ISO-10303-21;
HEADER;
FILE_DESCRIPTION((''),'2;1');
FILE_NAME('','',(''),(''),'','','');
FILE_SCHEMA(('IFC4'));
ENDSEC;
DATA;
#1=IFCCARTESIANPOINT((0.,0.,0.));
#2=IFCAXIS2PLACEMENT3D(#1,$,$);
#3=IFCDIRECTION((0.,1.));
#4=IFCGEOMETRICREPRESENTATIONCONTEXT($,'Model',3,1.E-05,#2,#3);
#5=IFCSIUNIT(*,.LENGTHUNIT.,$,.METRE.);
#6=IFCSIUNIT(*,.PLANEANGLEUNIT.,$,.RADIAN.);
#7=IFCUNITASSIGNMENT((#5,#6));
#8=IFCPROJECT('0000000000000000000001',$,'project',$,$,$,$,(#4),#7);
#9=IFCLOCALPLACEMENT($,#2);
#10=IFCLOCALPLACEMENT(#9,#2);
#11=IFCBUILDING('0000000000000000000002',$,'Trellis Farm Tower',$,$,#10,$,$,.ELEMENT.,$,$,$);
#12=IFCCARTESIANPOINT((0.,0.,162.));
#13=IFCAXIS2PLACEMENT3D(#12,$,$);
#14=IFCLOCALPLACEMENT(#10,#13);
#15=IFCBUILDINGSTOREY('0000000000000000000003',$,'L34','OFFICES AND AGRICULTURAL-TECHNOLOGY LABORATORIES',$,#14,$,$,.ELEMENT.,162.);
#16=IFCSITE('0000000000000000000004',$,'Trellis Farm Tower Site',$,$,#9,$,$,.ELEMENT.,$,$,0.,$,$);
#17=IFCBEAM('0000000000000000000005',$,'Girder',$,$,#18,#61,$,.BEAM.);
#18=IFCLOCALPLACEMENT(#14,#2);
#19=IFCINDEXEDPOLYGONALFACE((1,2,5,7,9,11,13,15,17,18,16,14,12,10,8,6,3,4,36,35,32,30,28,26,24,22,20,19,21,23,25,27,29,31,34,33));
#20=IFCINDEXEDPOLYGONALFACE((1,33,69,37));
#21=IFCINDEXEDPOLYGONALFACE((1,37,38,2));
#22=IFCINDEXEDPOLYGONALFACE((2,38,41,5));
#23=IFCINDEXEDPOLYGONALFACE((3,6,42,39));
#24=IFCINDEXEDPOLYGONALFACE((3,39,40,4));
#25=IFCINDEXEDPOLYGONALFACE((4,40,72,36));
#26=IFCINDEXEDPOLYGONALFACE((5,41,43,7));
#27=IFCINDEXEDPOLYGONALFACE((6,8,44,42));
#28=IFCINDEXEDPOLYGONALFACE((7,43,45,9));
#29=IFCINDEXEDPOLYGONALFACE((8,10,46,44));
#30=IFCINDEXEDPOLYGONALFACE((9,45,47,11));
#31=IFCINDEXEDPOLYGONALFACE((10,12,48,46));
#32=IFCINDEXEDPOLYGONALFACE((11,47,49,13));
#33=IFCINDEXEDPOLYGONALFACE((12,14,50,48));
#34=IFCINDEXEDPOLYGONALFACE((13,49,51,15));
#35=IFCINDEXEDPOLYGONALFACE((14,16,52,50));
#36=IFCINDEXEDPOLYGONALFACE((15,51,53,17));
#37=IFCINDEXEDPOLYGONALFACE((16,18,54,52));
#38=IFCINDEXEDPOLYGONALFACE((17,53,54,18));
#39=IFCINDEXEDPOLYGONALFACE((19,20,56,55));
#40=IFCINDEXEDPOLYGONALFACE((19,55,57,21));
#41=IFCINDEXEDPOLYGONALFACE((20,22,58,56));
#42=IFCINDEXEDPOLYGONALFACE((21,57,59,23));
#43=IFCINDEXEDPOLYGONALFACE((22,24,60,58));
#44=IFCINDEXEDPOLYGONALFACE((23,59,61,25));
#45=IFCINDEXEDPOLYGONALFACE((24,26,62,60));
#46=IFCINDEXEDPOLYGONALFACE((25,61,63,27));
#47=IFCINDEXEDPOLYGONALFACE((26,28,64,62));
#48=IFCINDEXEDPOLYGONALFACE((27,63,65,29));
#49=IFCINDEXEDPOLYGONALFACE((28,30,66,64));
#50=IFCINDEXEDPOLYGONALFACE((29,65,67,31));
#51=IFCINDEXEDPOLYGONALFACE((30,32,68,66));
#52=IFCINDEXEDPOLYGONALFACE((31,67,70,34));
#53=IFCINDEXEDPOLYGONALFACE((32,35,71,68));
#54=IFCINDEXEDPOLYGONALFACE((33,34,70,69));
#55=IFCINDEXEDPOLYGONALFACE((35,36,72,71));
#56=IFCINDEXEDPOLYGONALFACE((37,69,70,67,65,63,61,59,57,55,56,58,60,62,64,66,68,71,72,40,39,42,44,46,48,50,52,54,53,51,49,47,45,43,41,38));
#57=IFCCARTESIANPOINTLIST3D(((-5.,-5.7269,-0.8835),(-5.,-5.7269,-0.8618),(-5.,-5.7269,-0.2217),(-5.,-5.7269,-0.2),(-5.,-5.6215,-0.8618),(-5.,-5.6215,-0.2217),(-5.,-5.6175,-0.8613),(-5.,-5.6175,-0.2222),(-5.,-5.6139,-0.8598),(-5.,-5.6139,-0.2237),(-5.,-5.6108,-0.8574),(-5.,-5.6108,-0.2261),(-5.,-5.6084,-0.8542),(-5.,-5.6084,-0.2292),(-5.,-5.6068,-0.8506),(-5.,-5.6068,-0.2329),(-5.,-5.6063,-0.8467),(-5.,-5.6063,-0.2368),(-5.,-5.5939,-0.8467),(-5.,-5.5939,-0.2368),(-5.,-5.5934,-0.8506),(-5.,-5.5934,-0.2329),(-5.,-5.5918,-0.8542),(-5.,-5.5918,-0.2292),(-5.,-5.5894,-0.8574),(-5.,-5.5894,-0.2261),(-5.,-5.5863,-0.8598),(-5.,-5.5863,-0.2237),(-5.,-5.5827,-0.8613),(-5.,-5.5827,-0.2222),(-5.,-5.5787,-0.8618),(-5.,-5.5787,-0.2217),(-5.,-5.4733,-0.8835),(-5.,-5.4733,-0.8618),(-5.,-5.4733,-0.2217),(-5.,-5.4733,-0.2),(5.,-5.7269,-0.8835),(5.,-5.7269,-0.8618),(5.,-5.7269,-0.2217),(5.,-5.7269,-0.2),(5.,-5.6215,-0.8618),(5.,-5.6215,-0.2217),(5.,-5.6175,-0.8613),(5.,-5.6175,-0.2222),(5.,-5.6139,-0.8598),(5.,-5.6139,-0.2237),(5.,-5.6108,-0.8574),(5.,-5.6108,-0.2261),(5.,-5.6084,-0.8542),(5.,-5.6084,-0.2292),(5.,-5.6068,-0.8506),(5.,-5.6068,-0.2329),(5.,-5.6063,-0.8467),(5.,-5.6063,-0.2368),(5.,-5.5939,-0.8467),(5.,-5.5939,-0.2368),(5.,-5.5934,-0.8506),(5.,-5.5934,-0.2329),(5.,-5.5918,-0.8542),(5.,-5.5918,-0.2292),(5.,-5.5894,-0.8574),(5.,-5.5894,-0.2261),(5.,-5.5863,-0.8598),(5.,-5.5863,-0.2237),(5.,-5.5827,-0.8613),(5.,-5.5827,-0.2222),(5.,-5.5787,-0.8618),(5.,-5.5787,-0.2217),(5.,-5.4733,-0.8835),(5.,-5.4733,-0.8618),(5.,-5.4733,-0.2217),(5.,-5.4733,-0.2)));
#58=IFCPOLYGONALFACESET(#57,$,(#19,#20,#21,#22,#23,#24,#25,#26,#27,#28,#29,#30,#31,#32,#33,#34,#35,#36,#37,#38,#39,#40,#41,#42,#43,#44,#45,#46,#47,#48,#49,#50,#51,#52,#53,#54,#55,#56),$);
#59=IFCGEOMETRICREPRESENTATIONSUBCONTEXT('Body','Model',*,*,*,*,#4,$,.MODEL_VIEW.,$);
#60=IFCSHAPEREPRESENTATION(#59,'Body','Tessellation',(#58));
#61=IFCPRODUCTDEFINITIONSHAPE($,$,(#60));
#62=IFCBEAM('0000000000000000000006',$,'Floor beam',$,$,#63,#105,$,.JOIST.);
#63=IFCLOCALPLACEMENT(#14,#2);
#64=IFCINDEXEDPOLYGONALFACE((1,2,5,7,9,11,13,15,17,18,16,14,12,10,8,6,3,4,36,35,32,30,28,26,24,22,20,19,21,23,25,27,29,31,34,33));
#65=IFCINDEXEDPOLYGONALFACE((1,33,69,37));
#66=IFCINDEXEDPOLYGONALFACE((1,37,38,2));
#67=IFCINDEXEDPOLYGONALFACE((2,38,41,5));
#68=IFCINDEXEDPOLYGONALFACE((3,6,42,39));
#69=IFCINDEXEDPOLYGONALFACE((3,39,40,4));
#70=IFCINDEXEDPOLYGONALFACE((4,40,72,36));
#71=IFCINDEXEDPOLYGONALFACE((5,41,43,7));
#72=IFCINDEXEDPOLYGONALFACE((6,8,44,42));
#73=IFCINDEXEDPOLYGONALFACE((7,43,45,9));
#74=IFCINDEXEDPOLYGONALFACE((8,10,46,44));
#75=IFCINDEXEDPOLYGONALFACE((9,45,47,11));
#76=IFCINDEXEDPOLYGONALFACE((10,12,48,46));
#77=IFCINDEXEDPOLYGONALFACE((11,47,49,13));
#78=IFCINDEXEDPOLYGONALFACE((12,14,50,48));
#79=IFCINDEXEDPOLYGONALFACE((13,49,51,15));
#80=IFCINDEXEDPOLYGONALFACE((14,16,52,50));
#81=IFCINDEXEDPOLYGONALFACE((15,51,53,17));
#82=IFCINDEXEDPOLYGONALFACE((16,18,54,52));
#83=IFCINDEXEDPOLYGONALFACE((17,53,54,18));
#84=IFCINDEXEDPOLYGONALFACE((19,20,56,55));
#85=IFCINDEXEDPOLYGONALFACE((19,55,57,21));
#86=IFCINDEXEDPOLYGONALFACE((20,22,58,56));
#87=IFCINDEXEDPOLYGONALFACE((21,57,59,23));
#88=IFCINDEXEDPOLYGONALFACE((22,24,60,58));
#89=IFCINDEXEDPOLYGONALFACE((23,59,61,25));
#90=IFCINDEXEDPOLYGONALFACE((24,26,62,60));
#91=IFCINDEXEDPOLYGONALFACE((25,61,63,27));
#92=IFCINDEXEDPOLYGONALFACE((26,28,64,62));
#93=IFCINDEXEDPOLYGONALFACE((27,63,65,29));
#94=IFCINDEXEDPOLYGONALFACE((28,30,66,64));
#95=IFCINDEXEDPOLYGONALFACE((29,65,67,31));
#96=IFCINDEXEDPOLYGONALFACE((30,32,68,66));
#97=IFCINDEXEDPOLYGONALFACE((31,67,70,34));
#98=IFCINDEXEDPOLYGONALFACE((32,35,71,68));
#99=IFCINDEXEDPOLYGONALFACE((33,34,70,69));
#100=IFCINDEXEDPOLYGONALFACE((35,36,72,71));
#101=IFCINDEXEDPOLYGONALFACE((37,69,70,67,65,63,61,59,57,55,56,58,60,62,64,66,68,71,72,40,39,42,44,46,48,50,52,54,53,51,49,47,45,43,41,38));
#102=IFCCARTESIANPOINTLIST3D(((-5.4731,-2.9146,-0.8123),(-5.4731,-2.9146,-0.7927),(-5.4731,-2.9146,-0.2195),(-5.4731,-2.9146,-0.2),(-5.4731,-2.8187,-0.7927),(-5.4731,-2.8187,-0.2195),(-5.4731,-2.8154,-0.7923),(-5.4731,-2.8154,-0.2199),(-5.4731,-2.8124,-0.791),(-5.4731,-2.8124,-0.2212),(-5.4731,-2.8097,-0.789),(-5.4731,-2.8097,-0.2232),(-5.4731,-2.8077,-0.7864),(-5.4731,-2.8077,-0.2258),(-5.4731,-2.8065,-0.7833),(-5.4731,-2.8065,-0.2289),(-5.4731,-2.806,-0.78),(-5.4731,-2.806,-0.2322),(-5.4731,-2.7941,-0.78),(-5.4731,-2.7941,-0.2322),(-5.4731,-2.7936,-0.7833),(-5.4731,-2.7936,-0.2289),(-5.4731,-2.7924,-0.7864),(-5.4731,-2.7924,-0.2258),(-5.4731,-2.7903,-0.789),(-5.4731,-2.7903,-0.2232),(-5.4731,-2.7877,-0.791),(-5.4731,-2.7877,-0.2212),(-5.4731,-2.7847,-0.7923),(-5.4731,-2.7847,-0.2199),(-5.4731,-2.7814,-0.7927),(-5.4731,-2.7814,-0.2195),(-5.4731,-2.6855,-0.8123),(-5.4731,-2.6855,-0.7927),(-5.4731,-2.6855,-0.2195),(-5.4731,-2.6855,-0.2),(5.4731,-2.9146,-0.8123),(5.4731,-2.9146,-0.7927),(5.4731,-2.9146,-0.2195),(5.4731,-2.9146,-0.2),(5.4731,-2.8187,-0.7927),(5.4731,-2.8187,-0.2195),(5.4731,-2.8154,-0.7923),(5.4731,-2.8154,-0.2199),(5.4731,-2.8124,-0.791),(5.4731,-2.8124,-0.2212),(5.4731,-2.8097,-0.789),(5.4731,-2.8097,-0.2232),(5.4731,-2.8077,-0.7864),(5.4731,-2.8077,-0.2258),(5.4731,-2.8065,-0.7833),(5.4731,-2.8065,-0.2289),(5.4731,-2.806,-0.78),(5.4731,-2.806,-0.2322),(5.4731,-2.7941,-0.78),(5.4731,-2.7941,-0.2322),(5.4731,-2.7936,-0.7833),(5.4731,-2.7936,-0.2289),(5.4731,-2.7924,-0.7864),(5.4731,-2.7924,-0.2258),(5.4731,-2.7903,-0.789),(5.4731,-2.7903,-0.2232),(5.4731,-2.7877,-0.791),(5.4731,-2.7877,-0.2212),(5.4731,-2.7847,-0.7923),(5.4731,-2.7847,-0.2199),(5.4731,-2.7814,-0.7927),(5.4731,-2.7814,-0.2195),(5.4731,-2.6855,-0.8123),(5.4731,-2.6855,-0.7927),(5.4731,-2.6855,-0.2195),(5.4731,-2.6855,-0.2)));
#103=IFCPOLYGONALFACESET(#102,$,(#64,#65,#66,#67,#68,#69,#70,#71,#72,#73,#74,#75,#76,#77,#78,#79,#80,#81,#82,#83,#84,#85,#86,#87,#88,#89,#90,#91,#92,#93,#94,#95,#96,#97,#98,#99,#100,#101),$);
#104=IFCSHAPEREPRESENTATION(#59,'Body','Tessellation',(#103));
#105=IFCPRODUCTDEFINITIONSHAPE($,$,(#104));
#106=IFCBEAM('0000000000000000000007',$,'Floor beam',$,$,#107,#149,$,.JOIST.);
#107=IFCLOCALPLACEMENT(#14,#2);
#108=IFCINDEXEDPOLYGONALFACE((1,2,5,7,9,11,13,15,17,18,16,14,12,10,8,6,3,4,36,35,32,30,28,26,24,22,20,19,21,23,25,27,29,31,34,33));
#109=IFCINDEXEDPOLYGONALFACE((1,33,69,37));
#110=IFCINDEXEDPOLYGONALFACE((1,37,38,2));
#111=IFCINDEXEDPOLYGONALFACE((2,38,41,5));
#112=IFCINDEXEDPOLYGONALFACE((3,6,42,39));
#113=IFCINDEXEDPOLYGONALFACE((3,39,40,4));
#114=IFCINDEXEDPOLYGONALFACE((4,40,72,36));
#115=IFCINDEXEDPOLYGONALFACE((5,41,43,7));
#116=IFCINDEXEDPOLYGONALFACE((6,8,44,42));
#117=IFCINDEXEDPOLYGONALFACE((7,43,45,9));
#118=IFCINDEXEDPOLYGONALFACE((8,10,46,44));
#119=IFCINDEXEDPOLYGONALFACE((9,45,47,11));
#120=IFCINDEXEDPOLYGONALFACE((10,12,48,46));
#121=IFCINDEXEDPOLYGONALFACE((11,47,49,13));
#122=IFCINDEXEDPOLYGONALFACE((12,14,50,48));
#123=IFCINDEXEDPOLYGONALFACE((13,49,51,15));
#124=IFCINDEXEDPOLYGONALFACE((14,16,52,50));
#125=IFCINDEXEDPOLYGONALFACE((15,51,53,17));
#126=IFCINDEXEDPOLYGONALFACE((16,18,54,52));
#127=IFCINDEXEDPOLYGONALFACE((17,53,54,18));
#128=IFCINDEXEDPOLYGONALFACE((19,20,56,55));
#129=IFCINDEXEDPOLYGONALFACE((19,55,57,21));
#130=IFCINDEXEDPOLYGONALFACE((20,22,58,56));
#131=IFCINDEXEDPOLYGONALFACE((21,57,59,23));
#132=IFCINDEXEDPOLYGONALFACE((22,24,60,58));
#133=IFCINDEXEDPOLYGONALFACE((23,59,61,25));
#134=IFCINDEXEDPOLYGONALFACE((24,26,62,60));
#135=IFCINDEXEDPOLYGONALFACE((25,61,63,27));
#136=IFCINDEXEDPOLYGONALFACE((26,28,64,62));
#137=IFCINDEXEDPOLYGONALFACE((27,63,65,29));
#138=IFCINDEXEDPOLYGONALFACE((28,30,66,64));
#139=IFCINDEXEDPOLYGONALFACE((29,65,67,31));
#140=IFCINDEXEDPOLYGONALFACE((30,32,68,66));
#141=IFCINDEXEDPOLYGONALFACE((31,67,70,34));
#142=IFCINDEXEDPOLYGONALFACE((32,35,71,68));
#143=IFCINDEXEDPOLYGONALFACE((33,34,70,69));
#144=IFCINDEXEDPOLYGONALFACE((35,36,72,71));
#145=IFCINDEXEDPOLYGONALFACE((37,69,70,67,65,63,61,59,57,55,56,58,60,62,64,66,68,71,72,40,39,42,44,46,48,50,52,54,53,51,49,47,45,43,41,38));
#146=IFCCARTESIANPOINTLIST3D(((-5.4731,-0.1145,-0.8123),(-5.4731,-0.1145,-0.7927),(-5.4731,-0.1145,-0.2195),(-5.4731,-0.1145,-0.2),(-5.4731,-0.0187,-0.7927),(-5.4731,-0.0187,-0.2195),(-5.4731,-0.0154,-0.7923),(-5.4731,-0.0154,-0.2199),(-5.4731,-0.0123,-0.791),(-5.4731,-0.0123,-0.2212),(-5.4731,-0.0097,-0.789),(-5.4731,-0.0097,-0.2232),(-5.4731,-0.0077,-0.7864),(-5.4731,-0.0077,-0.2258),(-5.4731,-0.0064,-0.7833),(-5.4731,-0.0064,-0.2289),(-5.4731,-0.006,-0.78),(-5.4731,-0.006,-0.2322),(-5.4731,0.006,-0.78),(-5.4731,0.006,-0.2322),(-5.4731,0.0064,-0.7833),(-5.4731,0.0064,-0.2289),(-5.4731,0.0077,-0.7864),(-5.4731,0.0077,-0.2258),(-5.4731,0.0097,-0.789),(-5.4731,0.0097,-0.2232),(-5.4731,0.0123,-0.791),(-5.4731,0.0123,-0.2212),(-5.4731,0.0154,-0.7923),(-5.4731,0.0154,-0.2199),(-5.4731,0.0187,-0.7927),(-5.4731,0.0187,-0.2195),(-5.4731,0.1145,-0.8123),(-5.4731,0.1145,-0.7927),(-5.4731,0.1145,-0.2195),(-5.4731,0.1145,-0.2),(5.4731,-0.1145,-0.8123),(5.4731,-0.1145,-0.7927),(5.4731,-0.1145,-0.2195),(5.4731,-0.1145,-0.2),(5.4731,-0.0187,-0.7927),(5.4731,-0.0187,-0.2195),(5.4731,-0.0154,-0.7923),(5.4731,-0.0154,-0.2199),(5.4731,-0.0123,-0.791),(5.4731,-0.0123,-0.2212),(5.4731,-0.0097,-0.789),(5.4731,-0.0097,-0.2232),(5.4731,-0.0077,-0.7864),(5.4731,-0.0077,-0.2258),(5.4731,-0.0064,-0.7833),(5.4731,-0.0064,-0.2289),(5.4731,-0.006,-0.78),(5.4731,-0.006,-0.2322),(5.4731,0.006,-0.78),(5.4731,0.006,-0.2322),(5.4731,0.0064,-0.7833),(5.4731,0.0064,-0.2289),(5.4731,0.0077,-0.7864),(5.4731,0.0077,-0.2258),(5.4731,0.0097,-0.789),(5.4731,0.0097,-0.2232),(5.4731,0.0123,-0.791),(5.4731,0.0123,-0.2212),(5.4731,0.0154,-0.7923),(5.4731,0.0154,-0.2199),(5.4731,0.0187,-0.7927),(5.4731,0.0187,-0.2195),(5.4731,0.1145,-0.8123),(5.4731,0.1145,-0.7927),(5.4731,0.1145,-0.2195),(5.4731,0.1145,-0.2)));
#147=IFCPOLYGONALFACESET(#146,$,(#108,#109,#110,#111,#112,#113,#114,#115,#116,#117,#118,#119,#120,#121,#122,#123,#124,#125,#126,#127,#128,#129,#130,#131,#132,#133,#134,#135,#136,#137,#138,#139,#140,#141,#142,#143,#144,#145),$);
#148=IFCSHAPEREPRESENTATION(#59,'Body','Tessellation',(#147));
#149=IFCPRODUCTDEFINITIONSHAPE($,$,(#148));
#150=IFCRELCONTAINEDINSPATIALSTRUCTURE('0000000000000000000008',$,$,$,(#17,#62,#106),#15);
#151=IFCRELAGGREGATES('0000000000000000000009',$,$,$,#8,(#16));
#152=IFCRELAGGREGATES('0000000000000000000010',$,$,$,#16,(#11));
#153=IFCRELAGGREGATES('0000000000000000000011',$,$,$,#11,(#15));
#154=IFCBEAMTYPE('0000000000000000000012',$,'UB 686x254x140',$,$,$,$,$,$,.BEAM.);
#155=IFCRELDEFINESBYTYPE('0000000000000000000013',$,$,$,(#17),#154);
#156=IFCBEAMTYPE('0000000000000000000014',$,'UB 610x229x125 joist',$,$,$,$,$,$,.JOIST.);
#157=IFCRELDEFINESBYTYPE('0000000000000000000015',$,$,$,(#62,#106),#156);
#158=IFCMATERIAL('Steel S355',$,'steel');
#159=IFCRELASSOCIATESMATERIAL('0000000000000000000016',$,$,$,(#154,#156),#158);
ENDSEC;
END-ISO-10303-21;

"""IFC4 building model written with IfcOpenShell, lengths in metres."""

from ifc_helpers import new_model, si_unit, direction, frame, origin, origin_2d, place, context, subcontext, project, spatial, i_section, extrude, source, transform, mapped, material, material_profile, profile_set, type_object, element, save


model = new_model("IFC4")

# Units and contexts
model_context = context("Model", 3, precision=1e-05, world=origin(), true_north=direction((0.0, 1.0)))
body_context = subcontext(model_context, "Body", "Model", "MODEL_VIEW")
ifc_project = project(units=[si_unit("LENGTHUNIT", "METRE"), si_unit("PLANEANGLEUNIT", "RADIAN")], contexts=[model_context])

# Site, building, storey
site_placement = place(None, origin())
site = spatial("IfcSite", under=ifc_project, at=site_placement, Name="Trellis Farm Tower Site", CompositionType="ELEMENT", RefElevation=0.0)
building_placement = place(site_placement, origin())
building = spatial("IfcBuilding", under=site, at=building_placement, Name="Trellis Farm Tower", CompositionType="ELEMENT")
storey_placement = place(building_placement, frame((0.0, 0.0, 162.0)))
storey = spatial("IfcBuildingStorey", under=building, at=storey_placement, Name="L34", Description="OFFICES AND AGRICULTURAL-TECHNOLOGY LABORATORIES", CompositionType="ELEMENT", Elevation=162.0)

# Beams
ifc_material_1 = material(Name="Steel S355", Category="steel")
ifc_material_profile_1 = material_profile(ifc_material_1, i_section(OverallWidth=0.2537, OverallDepth=0.6836, WebThickness=0.0125, FlangeThickness=0.0217, FilletRadius=0.0151, at=origin_2d()), Name="UB 686x254x140")
ifc_profile_set_1 = profile_set([ifc_material_profile_1], Name="Steel S355")
beam_type_1 = type_object("IfcBeamType", Name="UB 686x254x140", PredefinedType="BEAM", material=ifc_profile_set_1)
shared_shape_1 = source(origin(), body_context, "Body", "SweptSolid", [
    extrude(i_section(OverallWidth=0.2537, OverallDepth=0.6836, WebThickness=0.0125, FlangeThickness=0.0217, FilletRadius=0.0151, at=origin_2d()), origin(), (0.0, 0.0, 1.0), 10.0),
])
beam_placement = place(storey_placement, frame((-5.0, -5.6001, -0.5417), z_axis=(1.0, 0.0, 0.0), x_axis=(0.0, 1.0, 0.0)))
element("IfcBeam", 1, at=beam_placement, inside=storey, type_object=beam_type_1, Name="Girder", PredefinedType="BEAM", context=body_context, shape_type="MappedRepresentation", body=[
    mapped(shared_shape_1, transform((0.0, 0.0, 0.0))),
])
ifc_material_profile_2 = material_profile(ifc_material_1, i_section(OverallWidth=0.229, OverallDepth=0.6123, WebThickness=0.012, FlangeThickness=0.0195, FilletRadius=0.0127, at=origin_2d()), Name="UB 610x229x125")
ifc_profile_set_2 = profile_set([ifc_material_profile_2], Name="Steel S355")
beam_type_2 = type_object("IfcBeamType", Name="UB 610x229x125 joist", PredefinedType="JOIST", material=ifc_profile_set_2)
shared_shape_2 = source(origin(), body_context, "Body", "SweptSolid", [
    extrude(i_section(OverallWidth=0.229, OverallDepth=0.6123, WebThickness=0.012, FlangeThickness=0.0195, FilletRadius=0.0127, at=origin_2d()), origin(), (0.0, 0.0, 1.0), 10.9463),
])
for number, where, z_axis, x_axis, name in (
    (2, (-5.4731, -2.8, -0.5061), (1.0, 0.0, 0.0), (0.0, 1.0, 0.0), "Floor beam"),
    (3, (-5.4731, 0.0, -0.5061), (1.0, 0.0, 0.0), (0.0, 1.0, 0.0), "Floor beam"),
):
    element("IfcBeam", number, at=place(storey_placement, frame(where, z_axis=z_axis, x_axis=x_axis)), inside=storey, type_object=beam_type_2, Name=name, PredefinedType="JOIST", context=body_context, shape_type="MappedRepresentation", body=[
        mapped(shared_shape_2, transform((0.0, 0.0, 0.0))),
    ])

save(model, "model.ifc")
